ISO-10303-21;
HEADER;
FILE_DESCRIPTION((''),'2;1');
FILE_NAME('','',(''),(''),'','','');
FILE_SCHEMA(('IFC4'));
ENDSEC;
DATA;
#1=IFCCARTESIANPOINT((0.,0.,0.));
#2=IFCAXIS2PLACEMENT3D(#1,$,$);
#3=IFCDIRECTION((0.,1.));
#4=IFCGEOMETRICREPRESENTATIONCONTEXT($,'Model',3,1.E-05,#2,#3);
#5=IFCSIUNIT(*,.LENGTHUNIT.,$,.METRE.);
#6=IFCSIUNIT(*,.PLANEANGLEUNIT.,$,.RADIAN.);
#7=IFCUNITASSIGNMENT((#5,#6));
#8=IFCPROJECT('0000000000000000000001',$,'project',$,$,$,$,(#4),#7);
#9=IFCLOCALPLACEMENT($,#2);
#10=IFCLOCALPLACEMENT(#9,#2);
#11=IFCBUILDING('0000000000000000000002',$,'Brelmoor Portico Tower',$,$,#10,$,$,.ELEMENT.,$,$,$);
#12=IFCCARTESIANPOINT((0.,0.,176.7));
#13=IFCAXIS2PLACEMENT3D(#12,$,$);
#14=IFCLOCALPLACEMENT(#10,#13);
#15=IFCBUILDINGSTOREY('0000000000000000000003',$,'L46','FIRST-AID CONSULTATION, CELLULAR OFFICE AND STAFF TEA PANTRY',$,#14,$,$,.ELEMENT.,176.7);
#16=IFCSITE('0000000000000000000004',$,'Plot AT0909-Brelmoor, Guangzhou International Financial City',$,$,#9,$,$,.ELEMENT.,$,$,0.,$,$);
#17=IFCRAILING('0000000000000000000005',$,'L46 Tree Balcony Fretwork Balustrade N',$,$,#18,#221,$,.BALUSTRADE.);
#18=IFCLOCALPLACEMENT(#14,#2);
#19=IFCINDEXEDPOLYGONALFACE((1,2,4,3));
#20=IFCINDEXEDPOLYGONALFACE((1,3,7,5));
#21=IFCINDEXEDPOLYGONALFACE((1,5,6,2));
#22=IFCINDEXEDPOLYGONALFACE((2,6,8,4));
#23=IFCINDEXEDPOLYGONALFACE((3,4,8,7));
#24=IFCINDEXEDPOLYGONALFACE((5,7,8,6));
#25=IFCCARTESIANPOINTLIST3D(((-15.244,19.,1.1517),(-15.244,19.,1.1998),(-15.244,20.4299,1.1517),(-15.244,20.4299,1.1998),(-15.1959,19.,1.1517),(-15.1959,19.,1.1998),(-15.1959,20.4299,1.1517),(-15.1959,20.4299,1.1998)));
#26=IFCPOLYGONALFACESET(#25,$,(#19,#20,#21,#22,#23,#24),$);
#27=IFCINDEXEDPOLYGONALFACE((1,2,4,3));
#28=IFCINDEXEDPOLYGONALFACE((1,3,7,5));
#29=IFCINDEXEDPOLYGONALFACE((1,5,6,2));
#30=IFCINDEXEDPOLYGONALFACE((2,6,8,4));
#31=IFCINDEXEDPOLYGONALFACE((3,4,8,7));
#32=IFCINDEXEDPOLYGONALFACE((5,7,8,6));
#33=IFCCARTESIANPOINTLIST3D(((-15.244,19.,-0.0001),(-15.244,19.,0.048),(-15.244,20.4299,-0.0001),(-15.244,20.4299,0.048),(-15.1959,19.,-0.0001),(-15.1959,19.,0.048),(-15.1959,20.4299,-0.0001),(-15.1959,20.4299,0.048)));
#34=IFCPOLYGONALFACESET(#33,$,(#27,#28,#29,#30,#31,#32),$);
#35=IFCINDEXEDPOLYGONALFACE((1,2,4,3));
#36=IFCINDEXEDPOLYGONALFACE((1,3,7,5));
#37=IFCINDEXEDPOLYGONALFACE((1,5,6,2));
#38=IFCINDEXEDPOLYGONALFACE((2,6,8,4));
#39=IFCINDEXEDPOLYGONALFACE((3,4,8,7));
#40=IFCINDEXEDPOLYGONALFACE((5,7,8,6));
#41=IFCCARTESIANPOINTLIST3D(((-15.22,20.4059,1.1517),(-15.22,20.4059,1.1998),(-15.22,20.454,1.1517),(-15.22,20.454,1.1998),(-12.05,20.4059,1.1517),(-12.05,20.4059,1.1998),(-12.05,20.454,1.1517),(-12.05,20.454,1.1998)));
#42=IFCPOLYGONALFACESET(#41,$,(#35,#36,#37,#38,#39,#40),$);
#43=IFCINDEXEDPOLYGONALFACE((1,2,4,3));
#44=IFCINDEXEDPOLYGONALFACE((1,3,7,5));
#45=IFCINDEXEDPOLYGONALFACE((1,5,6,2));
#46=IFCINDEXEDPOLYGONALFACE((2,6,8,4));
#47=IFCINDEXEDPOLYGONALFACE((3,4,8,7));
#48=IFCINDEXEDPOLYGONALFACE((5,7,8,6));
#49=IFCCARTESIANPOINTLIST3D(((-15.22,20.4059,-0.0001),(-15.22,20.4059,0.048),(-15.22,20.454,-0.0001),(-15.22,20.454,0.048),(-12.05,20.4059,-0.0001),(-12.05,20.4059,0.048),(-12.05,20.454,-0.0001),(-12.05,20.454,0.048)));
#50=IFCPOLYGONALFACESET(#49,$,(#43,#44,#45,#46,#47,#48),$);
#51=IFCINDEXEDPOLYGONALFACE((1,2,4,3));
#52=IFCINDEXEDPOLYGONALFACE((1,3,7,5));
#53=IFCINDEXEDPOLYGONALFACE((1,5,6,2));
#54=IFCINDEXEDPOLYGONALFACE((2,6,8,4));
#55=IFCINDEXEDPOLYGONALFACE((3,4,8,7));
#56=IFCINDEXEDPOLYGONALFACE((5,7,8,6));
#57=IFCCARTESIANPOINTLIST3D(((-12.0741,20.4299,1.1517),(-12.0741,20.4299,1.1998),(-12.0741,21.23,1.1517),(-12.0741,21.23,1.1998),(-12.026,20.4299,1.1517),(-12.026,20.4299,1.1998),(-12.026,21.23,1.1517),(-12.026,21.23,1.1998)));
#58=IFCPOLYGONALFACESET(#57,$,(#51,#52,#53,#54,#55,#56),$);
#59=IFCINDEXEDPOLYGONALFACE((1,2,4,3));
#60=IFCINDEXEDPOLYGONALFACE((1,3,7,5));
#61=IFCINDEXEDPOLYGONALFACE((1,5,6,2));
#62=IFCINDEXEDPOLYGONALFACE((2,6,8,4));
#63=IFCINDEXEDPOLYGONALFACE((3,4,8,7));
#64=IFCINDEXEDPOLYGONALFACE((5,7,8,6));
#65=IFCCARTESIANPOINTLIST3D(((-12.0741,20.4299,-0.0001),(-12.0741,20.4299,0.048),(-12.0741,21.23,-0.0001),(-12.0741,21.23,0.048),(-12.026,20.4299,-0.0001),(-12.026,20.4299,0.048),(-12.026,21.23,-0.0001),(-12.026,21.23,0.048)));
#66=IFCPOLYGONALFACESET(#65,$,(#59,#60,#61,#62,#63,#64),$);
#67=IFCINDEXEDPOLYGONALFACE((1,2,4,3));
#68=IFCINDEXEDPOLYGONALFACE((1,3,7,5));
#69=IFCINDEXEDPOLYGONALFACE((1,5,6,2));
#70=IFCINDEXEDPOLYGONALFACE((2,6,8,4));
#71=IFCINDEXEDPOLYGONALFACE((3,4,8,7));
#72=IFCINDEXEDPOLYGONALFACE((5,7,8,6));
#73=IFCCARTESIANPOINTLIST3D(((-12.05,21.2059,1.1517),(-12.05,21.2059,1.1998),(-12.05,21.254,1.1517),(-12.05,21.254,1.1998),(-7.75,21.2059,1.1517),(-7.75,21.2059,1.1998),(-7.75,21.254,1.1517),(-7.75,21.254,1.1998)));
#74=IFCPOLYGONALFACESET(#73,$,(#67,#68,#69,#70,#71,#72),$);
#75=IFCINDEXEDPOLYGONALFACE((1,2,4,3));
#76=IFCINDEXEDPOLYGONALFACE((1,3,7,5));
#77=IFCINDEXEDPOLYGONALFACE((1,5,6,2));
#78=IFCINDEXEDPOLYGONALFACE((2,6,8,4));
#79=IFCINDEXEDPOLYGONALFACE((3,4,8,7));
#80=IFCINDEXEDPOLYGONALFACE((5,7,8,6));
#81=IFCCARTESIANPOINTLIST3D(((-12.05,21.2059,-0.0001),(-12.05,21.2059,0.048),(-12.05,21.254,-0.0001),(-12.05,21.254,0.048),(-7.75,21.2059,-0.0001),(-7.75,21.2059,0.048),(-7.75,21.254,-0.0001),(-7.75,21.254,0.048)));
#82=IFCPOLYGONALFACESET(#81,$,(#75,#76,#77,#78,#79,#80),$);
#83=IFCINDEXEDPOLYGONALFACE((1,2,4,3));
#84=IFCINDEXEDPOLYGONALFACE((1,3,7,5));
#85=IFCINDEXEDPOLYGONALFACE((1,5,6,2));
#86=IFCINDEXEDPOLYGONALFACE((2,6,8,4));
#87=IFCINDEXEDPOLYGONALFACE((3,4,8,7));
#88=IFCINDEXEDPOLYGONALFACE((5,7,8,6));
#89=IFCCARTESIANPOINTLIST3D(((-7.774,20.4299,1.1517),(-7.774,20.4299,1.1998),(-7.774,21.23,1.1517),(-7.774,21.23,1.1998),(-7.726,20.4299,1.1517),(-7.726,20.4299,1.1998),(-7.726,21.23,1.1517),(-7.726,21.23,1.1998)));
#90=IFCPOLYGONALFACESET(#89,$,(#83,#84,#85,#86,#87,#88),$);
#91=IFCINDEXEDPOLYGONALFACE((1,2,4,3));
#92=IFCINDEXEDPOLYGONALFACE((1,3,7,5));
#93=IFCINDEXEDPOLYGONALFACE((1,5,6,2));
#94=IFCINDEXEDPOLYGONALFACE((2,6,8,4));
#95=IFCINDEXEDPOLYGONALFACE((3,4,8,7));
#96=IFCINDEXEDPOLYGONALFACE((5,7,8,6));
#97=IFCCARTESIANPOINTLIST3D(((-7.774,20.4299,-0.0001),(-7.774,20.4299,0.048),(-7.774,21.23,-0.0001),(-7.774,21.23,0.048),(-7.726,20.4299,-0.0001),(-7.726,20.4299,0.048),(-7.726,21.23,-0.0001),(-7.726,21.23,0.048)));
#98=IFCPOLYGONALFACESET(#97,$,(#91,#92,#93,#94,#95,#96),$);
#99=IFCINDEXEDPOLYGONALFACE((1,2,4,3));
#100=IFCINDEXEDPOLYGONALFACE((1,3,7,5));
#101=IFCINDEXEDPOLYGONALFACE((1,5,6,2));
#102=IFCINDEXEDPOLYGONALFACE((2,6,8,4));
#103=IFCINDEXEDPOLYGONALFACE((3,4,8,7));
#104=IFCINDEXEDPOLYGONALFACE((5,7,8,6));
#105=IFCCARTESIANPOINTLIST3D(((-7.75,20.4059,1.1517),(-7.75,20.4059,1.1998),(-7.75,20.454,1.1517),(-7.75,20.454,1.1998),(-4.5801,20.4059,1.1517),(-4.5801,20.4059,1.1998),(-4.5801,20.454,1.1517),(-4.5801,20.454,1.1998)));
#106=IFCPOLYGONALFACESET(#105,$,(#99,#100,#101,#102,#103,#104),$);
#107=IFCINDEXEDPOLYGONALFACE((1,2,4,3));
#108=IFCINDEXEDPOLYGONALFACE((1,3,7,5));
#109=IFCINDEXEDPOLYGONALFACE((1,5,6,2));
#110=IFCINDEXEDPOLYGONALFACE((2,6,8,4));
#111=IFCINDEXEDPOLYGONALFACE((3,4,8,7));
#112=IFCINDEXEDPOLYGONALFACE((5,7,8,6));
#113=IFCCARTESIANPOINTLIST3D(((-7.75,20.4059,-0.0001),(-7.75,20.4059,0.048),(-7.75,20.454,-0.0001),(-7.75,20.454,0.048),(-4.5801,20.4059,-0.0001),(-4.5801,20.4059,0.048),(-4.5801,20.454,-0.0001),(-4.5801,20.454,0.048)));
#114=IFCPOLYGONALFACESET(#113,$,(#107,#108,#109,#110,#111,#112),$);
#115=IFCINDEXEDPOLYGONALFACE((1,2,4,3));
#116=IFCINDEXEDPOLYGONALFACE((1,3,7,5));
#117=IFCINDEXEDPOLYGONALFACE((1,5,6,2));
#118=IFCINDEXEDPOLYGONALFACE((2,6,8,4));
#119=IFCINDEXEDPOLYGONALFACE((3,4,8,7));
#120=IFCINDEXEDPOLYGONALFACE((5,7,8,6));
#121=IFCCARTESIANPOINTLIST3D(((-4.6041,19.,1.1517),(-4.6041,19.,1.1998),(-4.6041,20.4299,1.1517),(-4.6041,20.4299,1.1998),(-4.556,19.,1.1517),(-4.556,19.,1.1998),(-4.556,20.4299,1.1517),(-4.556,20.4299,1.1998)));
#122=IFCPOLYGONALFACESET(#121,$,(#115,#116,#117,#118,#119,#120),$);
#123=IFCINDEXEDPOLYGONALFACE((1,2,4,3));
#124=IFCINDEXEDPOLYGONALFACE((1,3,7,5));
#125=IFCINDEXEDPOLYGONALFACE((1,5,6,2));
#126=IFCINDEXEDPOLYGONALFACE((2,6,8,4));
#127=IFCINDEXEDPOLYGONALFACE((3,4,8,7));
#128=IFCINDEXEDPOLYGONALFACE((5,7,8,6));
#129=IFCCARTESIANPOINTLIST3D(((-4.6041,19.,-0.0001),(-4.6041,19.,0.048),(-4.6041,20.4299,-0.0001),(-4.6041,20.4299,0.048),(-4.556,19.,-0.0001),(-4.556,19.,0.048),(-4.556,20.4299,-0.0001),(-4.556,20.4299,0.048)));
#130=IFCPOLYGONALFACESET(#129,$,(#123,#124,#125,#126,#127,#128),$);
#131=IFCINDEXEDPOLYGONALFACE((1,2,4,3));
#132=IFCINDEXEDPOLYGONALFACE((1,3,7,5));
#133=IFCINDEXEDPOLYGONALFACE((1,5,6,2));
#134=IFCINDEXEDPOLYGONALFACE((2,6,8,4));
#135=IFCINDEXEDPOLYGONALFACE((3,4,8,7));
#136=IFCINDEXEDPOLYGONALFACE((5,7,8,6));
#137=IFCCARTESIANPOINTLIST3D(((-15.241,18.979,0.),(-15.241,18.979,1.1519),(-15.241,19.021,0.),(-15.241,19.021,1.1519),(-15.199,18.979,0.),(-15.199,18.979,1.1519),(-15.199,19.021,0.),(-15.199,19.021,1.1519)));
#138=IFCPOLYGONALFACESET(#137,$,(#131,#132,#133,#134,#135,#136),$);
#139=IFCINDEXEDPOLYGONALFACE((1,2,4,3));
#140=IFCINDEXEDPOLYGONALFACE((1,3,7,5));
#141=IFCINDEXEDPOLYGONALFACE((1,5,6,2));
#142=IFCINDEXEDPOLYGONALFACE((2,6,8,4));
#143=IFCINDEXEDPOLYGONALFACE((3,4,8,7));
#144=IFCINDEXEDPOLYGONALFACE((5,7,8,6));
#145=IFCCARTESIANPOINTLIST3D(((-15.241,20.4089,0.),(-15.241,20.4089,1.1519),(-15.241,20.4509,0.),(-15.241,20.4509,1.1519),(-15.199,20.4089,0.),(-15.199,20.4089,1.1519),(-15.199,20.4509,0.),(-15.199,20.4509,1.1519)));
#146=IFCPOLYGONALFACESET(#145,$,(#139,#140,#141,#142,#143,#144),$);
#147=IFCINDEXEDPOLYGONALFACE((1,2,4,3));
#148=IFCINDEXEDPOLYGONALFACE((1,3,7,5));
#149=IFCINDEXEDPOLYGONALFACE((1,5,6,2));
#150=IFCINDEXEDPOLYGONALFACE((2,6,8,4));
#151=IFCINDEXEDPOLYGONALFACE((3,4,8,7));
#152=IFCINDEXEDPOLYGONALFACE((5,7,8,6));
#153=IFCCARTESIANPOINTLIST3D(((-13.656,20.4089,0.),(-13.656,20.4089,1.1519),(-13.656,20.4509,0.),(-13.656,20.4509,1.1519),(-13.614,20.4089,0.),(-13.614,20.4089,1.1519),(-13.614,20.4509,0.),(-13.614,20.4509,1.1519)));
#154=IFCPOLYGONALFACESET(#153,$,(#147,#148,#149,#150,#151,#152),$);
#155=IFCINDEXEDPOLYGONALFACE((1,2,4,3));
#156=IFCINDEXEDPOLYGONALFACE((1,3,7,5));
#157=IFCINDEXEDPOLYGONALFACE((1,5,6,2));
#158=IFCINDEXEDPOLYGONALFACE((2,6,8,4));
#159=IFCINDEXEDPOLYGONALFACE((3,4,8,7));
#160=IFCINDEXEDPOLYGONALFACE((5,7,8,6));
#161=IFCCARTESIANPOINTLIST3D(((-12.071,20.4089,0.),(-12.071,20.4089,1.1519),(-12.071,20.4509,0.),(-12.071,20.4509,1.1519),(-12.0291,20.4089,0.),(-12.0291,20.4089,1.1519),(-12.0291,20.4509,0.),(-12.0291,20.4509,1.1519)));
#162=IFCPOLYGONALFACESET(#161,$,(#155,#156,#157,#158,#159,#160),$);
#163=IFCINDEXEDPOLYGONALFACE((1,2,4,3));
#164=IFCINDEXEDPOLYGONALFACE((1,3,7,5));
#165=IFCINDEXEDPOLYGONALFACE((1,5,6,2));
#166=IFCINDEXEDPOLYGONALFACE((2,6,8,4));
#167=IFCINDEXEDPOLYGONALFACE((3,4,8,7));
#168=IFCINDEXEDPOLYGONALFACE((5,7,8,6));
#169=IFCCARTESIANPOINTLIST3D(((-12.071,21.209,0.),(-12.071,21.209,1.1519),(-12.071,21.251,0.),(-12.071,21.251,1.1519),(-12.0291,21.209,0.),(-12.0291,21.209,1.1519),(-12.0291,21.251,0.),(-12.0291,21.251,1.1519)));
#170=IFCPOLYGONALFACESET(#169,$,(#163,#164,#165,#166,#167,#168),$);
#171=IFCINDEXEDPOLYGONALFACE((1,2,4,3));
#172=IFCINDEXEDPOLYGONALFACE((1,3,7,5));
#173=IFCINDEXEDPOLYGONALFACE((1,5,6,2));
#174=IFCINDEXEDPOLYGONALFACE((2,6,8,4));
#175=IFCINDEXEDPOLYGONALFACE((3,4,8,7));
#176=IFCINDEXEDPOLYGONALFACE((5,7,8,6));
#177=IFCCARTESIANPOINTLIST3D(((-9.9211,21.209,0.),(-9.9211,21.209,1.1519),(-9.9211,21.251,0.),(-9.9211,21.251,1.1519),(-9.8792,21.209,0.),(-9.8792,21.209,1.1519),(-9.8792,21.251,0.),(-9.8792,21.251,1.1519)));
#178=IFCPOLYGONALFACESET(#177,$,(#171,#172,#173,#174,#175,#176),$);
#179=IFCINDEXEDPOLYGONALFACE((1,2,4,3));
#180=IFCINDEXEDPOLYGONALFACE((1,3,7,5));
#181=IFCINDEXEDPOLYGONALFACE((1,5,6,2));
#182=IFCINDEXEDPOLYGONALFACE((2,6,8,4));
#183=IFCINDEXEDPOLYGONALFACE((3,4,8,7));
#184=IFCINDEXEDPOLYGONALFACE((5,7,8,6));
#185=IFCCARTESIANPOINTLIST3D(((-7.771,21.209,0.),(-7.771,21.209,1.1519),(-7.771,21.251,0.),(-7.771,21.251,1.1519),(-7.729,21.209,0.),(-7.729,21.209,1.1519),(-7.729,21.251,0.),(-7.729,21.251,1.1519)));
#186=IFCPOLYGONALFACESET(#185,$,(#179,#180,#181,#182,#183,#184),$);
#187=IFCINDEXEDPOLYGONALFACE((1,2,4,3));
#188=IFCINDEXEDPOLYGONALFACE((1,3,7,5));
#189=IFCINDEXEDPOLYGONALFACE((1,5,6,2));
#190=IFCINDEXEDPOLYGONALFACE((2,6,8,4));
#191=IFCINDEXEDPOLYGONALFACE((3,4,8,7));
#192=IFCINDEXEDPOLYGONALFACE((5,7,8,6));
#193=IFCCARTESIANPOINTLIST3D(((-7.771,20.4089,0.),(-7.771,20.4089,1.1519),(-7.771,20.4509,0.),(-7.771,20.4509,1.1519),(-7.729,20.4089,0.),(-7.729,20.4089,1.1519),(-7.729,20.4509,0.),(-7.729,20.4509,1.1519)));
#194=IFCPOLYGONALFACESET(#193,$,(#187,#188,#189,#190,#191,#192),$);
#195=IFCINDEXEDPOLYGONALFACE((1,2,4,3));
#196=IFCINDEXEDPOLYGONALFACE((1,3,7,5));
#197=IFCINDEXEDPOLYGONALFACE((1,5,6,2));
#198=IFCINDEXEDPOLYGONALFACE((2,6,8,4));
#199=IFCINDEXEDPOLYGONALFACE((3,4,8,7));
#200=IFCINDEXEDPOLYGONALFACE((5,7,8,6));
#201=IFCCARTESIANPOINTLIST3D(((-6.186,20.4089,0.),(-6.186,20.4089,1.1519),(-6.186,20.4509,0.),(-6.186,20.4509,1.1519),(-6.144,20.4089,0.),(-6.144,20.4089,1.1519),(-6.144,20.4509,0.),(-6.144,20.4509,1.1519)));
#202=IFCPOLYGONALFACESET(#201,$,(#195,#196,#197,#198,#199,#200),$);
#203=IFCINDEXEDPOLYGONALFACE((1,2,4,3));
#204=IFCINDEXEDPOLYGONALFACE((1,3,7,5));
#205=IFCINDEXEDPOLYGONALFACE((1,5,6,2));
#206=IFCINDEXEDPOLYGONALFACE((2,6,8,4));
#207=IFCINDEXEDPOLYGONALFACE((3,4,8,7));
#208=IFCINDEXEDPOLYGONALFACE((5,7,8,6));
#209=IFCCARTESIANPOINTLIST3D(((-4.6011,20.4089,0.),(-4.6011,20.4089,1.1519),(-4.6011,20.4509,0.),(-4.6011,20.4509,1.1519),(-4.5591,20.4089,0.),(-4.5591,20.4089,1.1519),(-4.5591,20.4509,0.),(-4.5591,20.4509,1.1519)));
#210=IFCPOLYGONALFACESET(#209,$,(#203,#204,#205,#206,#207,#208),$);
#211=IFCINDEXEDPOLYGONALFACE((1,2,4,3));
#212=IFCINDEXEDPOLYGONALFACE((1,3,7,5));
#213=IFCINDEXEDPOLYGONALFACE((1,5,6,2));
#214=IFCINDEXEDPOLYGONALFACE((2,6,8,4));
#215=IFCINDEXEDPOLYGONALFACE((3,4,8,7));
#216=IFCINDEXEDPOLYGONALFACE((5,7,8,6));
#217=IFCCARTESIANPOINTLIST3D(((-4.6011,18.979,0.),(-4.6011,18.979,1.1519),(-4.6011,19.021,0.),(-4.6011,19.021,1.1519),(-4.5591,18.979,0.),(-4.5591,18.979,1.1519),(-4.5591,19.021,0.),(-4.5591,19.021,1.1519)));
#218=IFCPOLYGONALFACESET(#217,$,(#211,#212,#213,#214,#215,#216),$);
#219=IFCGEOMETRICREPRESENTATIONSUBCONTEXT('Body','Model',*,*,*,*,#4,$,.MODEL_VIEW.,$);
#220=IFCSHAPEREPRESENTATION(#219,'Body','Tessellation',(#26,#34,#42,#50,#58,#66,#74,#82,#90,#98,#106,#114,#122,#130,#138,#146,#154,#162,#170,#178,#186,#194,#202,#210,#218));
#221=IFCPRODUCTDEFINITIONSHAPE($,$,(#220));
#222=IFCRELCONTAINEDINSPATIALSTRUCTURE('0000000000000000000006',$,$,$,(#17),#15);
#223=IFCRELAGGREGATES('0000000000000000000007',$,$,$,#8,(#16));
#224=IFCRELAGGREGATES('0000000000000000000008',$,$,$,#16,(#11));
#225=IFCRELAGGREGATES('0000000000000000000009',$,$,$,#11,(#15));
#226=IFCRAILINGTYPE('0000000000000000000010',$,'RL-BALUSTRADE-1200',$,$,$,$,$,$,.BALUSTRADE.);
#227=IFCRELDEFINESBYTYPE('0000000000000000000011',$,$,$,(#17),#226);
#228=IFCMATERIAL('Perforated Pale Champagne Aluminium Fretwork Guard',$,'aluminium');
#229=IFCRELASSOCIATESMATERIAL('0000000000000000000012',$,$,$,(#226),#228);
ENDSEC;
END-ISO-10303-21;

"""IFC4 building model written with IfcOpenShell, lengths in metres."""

from ifc_helpers import new_model, si_unit, direction, frame, origin, origin_2d, place, context, subcontext, project, spatial, rectangle, extrude, material, type_object, element, save


model = new_model("IFC4")

# Units and contexts
model_context = context("Model", 3, precision=1e-05, world=origin(), true_north=direction((0.0, 1.0)))
body_context = subcontext(model_context, "Body", "Model", "MODEL_VIEW")
ifc_project = project(units=[si_unit("LENGTHUNIT", "METRE"), si_unit("PLANEANGLEUNIT", "RADIAN")], contexts=[model_context])

# Site, building, storey
site_placement = place(None, origin())
site = spatial("IfcSite", under=ifc_project, at=site_placement, Name="Plot AT0909-Brelmoor, Guangzhou International Financial City", CompositionType="ELEMENT", RefElevation=0.0)
building_placement = place(site_placement, origin())
building = spatial("IfcBuilding", under=site, at=building_placement, Name="Brelmoor Portico Tower", CompositionType="ELEMENT")
storey_placement = place(building_placement, frame((0.0, 0.0, 176.7)))
storey = spatial("IfcBuildingStorey", under=building, at=storey_placement, Name="L46", Description="FIRST-AID CONSULTATION, CELLULAR OFFICE AND STAFF TEA PANTRY", CompositionType="ELEMENT", Elevation=176.7)

# Railing
ifc_material_1 = material(Name="Perforated Pale Champagne Aluminium Fretwork Guard", Category="aluminium")
railing_type = type_object("IfcRailingType", Name="RL-BALUSTRADE-1200", PredefinedType="BALUSTRADE", material=ifc_material_1)
railing_placement = place(storey_placement, frame((-15.22, 19.0, 0.0)))
element("IfcRailing", 1, at=railing_placement, inside=storey, type_object=railing_type, Name="L46 Tree Balcony Fretwork Balustrade N", PredefinedType="BALUSTRADE", context=body_context, shape_type="SweptSolid", body=[
    extrude(rectangle(XDim=0.0481, YDim=0.0481, at=origin_2d()), frame((0.0, 0.0, 1.1758), z_axis=(0.0, 1.0, 0.0), x_axis=(-1.0, 0.0, 0.0)), (0.0, 0.0, 1.0), 1.4299),
    extrude(rectangle(XDim=0.0481, YDim=0.0481, at=origin_2d()), frame((0.0, 0.0, 0.0239), z_axis=(0.0, 1.0, 0.0), x_axis=(-1.0, 0.0, 0.0)), (0.0, 0.0, 1.0), 1.4299),
    extrude(rectangle(XDim=0.0481, YDim=0.0481, at=origin_2d()), frame((0.0, 1.4299, 1.1758), z_axis=(1.0, 0.0, 0.0), x_axis=(0.0, 1.0, 0.0)), (0.0, 0.0, 1.0), 3.1699),
    extrude(rectangle(XDim=0.0481, YDim=0.0481, at=origin_2d()), frame((0.0, 1.4299, 0.0239), z_axis=(1.0, 0.0, 0.0), x_axis=(0.0, 1.0, 0.0)), (0.0, 0.0, 1.0), 3.1699),
    extrude(rectangle(XDim=0.0481, YDim=0.0481, at=origin_2d()), frame((3.1699, 1.4299, 1.1758), z_axis=(0.0, 1.0, 0.0), x_axis=(-1.0, 0.0, 0.0)), (0.0, 0.0, 1.0), 0.8),
    extrude(rectangle(XDim=0.0481, YDim=0.0481, at=origin_2d()), frame((3.1699, 1.4299, 0.0239), z_axis=(0.0, 1.0, 0.0), x_axis=(-1.0, 0.0, 0.0)), (0.0, 0.0, 1.0), 0.8),
    extrude(rectangle(XDim=0.0481, YDim=0.0481, at=origin_2d()), frame((3.1699, 2.23, 1.1758), z_axis=(1.0, 0.0, 0.0), x_axis=(0.0, 1.0, 0.0)), (0.0, 0.0, 1.0), 4.3),
    extrude(rectangle(XDim=0.0481, YDim=0.0481, at=origin_2d()), frame((3.1699, 2.23, 0.0239), z_axis=(1.0, 0.0, 0.0), x_axis=(0.0, 1.0, 0.0)), (0.0, 0.0, 1.0), 4.3),
    extrude(rectangle(XDim=0.0481, YDim=0.0481, at=origin_2d()), frame((7.47, 2.23, 1.1758), z_axis=(0.0, -1.0, 0.0), x_axis=(1.0, 0.0, 0.0)), (0.0, 0.0, 1.0), 0.8),
    extrude(rectangle(XDim=0.0481, YDim=0.0481, at=origin_2d()), frame((7.47, 2.23, 0.0239), z_axis=(0.0, -1.0, 0.0), x_axis=(1.0, 0.0, 0.0)), (0.0, 0.0, 1.0), 0.8),
    extrude(rectangle(XDim=0.0481, YDim=0.0481, at=origin_2d()), frame((7.47, 1.4299, 1.1758), z_axis=(1.0, 0.0, 0.0), x_axis=(0.0, 1.0, 0.0)), (0.0, 0.0, 1.0), 3.1699),
    extrude(rectangle(XDim=0.0481, YDim=0.0481, at=origin_2d()), frame((7.47, 1.4299, 0.0239), z_axis=(1.0, 0.0, 0.0), x_axis=(0.0, 1.0, 0.0)), (0.0, 0.0, 1.0), 3.1699),
    extrude(rectangle(XDim=0.0481, YDim=0.0481, at=origin_2d()), frame((10.6399, 1.4299, 1.1758), z_axis=(0.0, -1.0, 0.0), x_axis=(1.0, 0.0, 0.0)), (0.0, 0.0, 1.0), 1.4299),
    extrude(rectangle(XDim=0.0481, YDim=0.0481, at=origin_2d()), frame((10.6399, 1.4299, 0.0239), z_axis=(0.0, -1.0, 0.0), x_axis=(1.0, 0.0, 0.0)), (0.0, 0.0, 1.0), 1.4299),
    extrude(rectangle(XDim=0.042, YDim=0.042, at=origin_2d()), origin(), (0.0, 0.0, 1.0), 1.1519),
    extrude(rectangle(XDim=0.042, YDim=0.042, at=origin_2d()), frame((0.0, 1.4299, 0.0)), (0.0, 0.0, 1.0), 1.1519),
    extrude(rectangle(XDim=0.042, YDim=0.042, at=origin_2d()), frame((1.585, 1.4299, 0.0)), (0.0, 0.0, 1.0), 1.1519),
    extrude(rectangle(XDim=0.042, YDim=0.042, at=origin_2d()), frame((3.1699, 1.4299, 0.0)), (0.0, 0.0, 1.0), 1.1519),
    extrude(rectangle(XDim=0.042, YDim=0.042, at=origin_2d()), frame((3.1699, 2.23, 0.0)), (0.0, 0.0, 1.0), 1.1519),
    extrude(rectangle(XDim=0.042, YDim=0.042, at=origin_2d()), frame((5.3198, 2.23, 0.0)), (0.0, 0.0, 1.0), 1.1519),
    extrude(rectangle(XDim=0.042, YDim=0.042, at=origin_2d()), frame((7.47, 2.23, 0.0)), (0.0, 0.0, 1.0), 1.1519),
    extrude(rectangle(XDim=0.042, YDim=0.042, at=origin_2d()), frame((7.47, 1.4299, 0.0)), (0.0, 0.0, 1.0), 1.1519),
    extrude(rectangle(XDim=0.042, YDim=0.042, at=origin_2d()), frame((9.0549, 1.4299, 0.0)), (0.0, 0.0, 1.0), 1.1519),
    extrude(rectangle(XDim=0.042, YDim=0.042, at=origin_2d()), frame((10.6399, 1.4299, 0.0)), (0.0, 0.0, 1.0), 1.1519),
    extrude(rectangle(XDim=0.042, YDim=0.042, at=origin_2d()), frame((10.6399, 0.0, 0.0)), (0.0, 0.0, 1.0), 1.1519),
])

save(model, "model.ifc")
